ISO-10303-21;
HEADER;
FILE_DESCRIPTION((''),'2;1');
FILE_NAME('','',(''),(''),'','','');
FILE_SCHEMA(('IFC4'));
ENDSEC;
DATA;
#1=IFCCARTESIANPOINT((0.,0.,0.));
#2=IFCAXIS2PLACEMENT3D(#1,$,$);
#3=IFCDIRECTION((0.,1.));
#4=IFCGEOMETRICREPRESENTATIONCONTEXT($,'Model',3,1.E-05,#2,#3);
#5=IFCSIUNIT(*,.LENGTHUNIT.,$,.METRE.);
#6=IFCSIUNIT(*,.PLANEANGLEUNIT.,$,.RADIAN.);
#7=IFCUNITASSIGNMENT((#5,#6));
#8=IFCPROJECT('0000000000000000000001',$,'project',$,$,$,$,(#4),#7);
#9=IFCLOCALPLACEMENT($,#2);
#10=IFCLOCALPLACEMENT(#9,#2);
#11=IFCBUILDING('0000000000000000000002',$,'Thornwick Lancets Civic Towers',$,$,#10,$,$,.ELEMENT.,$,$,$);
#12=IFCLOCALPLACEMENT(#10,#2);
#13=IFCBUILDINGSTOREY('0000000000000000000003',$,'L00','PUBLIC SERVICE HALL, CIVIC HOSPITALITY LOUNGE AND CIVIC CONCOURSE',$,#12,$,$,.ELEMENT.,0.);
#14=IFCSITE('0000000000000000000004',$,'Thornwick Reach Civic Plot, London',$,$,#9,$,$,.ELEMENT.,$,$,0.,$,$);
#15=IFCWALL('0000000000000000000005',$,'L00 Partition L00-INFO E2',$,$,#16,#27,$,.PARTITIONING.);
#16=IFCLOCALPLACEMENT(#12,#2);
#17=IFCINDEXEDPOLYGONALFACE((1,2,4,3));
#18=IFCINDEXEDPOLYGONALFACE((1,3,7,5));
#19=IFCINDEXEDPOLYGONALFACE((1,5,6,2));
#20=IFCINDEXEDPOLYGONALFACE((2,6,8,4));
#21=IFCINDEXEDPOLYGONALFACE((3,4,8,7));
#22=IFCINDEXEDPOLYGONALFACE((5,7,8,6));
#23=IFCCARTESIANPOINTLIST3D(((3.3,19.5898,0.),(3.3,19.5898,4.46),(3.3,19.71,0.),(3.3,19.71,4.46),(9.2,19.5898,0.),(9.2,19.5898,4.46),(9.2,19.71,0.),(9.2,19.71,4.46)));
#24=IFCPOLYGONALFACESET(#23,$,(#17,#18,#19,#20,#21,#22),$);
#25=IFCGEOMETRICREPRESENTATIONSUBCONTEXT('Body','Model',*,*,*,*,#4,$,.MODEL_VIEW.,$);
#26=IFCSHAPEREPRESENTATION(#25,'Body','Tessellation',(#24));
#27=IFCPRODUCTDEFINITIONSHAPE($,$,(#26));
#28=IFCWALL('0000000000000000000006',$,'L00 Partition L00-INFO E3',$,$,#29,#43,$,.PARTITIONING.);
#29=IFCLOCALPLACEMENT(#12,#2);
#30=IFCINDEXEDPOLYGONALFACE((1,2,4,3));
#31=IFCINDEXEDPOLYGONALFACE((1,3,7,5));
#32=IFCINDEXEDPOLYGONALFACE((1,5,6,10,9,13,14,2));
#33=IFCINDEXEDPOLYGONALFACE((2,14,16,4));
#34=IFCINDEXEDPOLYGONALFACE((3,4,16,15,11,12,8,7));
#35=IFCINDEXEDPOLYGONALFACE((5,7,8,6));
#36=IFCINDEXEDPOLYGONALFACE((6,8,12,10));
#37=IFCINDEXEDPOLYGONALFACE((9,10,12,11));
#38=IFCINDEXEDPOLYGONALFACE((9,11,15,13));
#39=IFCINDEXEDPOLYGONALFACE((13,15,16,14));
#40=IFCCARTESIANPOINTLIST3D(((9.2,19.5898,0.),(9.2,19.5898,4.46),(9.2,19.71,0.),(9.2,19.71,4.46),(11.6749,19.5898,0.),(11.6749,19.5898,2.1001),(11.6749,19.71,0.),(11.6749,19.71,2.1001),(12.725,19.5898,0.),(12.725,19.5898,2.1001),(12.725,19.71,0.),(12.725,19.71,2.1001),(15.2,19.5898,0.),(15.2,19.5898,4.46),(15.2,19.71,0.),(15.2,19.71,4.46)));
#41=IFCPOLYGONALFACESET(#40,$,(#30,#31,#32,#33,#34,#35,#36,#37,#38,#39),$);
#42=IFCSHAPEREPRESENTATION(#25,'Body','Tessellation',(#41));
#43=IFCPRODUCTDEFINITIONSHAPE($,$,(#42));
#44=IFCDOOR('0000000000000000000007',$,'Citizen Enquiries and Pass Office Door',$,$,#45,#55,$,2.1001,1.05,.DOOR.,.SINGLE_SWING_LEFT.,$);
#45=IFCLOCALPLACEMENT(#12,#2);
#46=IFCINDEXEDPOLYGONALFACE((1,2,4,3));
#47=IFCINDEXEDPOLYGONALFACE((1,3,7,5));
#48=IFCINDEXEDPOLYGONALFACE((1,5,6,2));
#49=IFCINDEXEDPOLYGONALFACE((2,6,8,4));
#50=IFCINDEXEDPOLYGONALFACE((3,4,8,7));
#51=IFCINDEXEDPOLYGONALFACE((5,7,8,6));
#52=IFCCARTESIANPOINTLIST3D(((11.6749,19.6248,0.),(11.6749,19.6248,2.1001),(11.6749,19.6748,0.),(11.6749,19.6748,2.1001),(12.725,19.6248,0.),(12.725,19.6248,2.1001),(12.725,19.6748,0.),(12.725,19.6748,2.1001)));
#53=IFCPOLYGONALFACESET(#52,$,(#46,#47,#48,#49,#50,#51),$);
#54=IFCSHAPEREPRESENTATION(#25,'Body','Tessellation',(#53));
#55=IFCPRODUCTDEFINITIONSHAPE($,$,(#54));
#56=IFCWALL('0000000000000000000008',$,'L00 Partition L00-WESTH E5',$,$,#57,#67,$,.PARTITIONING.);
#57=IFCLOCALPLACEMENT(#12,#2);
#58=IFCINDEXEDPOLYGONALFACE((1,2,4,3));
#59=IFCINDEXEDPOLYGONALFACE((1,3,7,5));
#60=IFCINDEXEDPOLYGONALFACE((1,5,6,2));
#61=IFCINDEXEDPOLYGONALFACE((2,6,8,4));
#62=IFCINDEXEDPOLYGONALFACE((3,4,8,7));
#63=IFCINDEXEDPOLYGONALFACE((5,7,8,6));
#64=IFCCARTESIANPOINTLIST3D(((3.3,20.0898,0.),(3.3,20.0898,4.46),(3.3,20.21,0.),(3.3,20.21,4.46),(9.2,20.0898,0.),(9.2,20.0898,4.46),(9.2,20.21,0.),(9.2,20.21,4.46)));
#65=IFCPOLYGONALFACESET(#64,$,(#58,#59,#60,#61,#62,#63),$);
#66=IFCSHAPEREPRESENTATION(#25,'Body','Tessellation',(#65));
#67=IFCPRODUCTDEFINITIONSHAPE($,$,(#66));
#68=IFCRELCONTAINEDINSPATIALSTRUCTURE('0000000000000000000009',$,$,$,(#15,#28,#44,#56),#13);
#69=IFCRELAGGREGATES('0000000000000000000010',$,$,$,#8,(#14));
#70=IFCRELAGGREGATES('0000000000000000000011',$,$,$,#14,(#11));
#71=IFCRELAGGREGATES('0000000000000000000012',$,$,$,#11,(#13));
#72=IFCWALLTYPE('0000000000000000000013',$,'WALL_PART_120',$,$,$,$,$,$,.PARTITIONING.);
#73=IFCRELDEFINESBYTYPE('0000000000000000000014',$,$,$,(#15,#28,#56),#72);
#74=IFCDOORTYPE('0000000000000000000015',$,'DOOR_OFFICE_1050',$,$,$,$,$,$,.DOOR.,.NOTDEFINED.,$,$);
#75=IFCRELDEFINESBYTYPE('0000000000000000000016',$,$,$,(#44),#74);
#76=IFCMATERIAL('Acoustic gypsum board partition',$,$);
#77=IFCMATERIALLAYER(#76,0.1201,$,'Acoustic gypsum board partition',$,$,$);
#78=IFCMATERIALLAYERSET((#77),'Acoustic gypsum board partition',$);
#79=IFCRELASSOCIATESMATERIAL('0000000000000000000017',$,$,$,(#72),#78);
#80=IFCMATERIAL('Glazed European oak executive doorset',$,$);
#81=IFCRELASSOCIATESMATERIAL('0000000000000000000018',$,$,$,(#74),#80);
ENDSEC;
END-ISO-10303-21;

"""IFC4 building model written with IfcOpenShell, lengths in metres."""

from ifc_helpers import new_model, si_unit, direction, frame, frame_2d, origin, place, context, subcontext, project, spatial, rectangle, extrude, material, layer, layer_set, type_object, element, fill, save


model = new_model("IFC4")

# Units and contexts
model_context = context("Model", 3, precision=1e-05, world=origin(), true_north=direction((0.0, 1.0)))
body_context = subcontext(model_context, "Body", "Model", "MODEL_VIEW")
ifc_project = project(units=[si_unit("LENGTHUNIT", "METRE"), si_unit("PLANEANGLEUNIT", "RADIAN")], contexts=[model_context])

# Site, building, storey
site_placement = place(None, origin())
site = spatial("IfcSite", under=ifc_project, at=site_placement, Name="Thornwick Reach Civic Plot, London", CompositionType="ELEMENT", RefElevation=0.0)
building_placement = place(site_placement, origin())
building = spatial("IfcBuilding", under=site, at=building_placement, Name="Thornwick Lancets Civic Towers", CompositionType="ELEMENT")
storey_placement = place(building_placement, origin())
storey = spatial("IfcBuildingStorey", under=building, at=storey_placement, Name="L00", Description="PUBLIC SERVICE HALL, CIVIC HOSPITALITY LOUNGE AND CIVIC CONCOURSE", CompositionType="ELEMENT", Elevation=0.0)

# Wall
ifc_material_1 = material(Name="Acoustic gypsum board partition")
ifc_layer_1 = layer(ifc_material_1, 0.1201, Name="Acoustic gypsum board partition")
ifc_layer_set_1 = layer_set([ifc_layer_1], Name="Acoustic gypsum board partition")
wall_type_1 = type_object("IfcWallType", Name="WALL_PART_120", PredefinedType="PARTITIONING", material=ifc_layer_set_1)
wall_1_placement = place(storey_placement, frame((3.3, 19.6499, 0.0), z_axis=(0.0, 0.0, 1.0), x_axis=(1.0, 0.0, 0.0)))
element("IfcWall", 1, at=wall_1_placement, inside=storey, type_object=wall_type_1, Name="L00 Partition L00-INFO E2", PredefinedType="PARTITIONING", context=body_context, shape_type="SweptSolid", body=[
    extrude(rectangle(XDim=5.8999, YDim=0.1201, at=frame_2d((2.95, 0.0))), origin(), (0.0, 0.0, 1.0), 4.46),
])

# Wall, opening, door
wall_2_placement = place(storey_placement, frame((9.2, 19.6499, 0.0), z_axis=(0.0, 0.0, 1.0), x_axis=(1.0, 0.0, 0.0)))
wall_2 = element("IfcWall", 2, at=wall_2_placement, inside=storey, type_object=wall_type_1, Name="L00 Partition L00-INFO E3", PredefinedType="PARTITIONING", context=body_context, shape_type="SweptSolid", body=[
    extrude(rectangle(XDim=6.0, YDim=0.1201, at=frame_2d((3.0, 0.0))), origin(), (0.0, 0.0, 1.0), 4.46),
])
opening_1_placement = place(wall_2_placement, frame((2.4751, 0.0, 0.0)))
opening_1 = element("IfcOpeningElement", 3, at=opening_1_placement, cuts=wall_2, PredefinedType="OPENING", context=body_context, shape_type="SweptSolid", body=[
    extrude(rectangle(XDim=1.05, YDim=2.1001, at=frame_2d((0.5249, 1.05))), frame((0.0, 0.0701, 0.0), z_axis=(0.0, -1.0, 0.0), x_axis=(1.0, 0.0, 0.0)), (0.0, 0.0, 1.0), 0.1401),
])
ifc_material_2 = material(Name="Glazed European oak executive doorset")
door_type_1 = type_object("IfcDoorType", Name="DOOR_OFFICE_1050", OperationType="NOTDEFINED", PredefinedType="DOOR", material=ifc_material_2)
door_1_placement = place(opening_1_placement, origin())
door_1 = element("IfcDoor", 4, at=door_1_placement, inside=storey, type_object=door_type_1, Name="Citizen Enquiries and Pass Office Door", OperationType="SINGLE_SWING_LEFT", OverallHeight=2.1001, OverallWidth=1.05, PredefinedType="DOOR", context=body_context, shape_type="SweptSolid", body=[
    extrude(rectangle(XDim=1.05, YDim=2.1001, at=frame_2d((0.5249, 1.05))), frame((0.0, 0.0249, 0.0), z_axis=(0.0, -1.0, 0.0), x_axis=(1.0, 0.0, 0.0)), (0.0, 0.0, 1.0), 0.05),
])
fill(opening_1, door_1)

# Wall
wall_3_placement = place(storey_placement, frame((9.2, 20.1499, 0.0), z_axis=(0.0, 0.0, 1.0), x_axis=(-1.0, 0.0, 0.0)))
element("IfcWall", 5, at=wall_3_placement, inside=storey, type_object=wall_type_1, Name="L00 Partition L00-WESTH E5", PredefinedType="PARTITIONING", context=body_context, shape_type="SweptSolid", body=[
    extrude(rectangle(XDim=5.8999, YDim=0.1201, at=frame_2d((2.95, 0.0))), origin(), (0.0, 0.0, 1.0), 4.46),
])

save(model, "model.ifc")
